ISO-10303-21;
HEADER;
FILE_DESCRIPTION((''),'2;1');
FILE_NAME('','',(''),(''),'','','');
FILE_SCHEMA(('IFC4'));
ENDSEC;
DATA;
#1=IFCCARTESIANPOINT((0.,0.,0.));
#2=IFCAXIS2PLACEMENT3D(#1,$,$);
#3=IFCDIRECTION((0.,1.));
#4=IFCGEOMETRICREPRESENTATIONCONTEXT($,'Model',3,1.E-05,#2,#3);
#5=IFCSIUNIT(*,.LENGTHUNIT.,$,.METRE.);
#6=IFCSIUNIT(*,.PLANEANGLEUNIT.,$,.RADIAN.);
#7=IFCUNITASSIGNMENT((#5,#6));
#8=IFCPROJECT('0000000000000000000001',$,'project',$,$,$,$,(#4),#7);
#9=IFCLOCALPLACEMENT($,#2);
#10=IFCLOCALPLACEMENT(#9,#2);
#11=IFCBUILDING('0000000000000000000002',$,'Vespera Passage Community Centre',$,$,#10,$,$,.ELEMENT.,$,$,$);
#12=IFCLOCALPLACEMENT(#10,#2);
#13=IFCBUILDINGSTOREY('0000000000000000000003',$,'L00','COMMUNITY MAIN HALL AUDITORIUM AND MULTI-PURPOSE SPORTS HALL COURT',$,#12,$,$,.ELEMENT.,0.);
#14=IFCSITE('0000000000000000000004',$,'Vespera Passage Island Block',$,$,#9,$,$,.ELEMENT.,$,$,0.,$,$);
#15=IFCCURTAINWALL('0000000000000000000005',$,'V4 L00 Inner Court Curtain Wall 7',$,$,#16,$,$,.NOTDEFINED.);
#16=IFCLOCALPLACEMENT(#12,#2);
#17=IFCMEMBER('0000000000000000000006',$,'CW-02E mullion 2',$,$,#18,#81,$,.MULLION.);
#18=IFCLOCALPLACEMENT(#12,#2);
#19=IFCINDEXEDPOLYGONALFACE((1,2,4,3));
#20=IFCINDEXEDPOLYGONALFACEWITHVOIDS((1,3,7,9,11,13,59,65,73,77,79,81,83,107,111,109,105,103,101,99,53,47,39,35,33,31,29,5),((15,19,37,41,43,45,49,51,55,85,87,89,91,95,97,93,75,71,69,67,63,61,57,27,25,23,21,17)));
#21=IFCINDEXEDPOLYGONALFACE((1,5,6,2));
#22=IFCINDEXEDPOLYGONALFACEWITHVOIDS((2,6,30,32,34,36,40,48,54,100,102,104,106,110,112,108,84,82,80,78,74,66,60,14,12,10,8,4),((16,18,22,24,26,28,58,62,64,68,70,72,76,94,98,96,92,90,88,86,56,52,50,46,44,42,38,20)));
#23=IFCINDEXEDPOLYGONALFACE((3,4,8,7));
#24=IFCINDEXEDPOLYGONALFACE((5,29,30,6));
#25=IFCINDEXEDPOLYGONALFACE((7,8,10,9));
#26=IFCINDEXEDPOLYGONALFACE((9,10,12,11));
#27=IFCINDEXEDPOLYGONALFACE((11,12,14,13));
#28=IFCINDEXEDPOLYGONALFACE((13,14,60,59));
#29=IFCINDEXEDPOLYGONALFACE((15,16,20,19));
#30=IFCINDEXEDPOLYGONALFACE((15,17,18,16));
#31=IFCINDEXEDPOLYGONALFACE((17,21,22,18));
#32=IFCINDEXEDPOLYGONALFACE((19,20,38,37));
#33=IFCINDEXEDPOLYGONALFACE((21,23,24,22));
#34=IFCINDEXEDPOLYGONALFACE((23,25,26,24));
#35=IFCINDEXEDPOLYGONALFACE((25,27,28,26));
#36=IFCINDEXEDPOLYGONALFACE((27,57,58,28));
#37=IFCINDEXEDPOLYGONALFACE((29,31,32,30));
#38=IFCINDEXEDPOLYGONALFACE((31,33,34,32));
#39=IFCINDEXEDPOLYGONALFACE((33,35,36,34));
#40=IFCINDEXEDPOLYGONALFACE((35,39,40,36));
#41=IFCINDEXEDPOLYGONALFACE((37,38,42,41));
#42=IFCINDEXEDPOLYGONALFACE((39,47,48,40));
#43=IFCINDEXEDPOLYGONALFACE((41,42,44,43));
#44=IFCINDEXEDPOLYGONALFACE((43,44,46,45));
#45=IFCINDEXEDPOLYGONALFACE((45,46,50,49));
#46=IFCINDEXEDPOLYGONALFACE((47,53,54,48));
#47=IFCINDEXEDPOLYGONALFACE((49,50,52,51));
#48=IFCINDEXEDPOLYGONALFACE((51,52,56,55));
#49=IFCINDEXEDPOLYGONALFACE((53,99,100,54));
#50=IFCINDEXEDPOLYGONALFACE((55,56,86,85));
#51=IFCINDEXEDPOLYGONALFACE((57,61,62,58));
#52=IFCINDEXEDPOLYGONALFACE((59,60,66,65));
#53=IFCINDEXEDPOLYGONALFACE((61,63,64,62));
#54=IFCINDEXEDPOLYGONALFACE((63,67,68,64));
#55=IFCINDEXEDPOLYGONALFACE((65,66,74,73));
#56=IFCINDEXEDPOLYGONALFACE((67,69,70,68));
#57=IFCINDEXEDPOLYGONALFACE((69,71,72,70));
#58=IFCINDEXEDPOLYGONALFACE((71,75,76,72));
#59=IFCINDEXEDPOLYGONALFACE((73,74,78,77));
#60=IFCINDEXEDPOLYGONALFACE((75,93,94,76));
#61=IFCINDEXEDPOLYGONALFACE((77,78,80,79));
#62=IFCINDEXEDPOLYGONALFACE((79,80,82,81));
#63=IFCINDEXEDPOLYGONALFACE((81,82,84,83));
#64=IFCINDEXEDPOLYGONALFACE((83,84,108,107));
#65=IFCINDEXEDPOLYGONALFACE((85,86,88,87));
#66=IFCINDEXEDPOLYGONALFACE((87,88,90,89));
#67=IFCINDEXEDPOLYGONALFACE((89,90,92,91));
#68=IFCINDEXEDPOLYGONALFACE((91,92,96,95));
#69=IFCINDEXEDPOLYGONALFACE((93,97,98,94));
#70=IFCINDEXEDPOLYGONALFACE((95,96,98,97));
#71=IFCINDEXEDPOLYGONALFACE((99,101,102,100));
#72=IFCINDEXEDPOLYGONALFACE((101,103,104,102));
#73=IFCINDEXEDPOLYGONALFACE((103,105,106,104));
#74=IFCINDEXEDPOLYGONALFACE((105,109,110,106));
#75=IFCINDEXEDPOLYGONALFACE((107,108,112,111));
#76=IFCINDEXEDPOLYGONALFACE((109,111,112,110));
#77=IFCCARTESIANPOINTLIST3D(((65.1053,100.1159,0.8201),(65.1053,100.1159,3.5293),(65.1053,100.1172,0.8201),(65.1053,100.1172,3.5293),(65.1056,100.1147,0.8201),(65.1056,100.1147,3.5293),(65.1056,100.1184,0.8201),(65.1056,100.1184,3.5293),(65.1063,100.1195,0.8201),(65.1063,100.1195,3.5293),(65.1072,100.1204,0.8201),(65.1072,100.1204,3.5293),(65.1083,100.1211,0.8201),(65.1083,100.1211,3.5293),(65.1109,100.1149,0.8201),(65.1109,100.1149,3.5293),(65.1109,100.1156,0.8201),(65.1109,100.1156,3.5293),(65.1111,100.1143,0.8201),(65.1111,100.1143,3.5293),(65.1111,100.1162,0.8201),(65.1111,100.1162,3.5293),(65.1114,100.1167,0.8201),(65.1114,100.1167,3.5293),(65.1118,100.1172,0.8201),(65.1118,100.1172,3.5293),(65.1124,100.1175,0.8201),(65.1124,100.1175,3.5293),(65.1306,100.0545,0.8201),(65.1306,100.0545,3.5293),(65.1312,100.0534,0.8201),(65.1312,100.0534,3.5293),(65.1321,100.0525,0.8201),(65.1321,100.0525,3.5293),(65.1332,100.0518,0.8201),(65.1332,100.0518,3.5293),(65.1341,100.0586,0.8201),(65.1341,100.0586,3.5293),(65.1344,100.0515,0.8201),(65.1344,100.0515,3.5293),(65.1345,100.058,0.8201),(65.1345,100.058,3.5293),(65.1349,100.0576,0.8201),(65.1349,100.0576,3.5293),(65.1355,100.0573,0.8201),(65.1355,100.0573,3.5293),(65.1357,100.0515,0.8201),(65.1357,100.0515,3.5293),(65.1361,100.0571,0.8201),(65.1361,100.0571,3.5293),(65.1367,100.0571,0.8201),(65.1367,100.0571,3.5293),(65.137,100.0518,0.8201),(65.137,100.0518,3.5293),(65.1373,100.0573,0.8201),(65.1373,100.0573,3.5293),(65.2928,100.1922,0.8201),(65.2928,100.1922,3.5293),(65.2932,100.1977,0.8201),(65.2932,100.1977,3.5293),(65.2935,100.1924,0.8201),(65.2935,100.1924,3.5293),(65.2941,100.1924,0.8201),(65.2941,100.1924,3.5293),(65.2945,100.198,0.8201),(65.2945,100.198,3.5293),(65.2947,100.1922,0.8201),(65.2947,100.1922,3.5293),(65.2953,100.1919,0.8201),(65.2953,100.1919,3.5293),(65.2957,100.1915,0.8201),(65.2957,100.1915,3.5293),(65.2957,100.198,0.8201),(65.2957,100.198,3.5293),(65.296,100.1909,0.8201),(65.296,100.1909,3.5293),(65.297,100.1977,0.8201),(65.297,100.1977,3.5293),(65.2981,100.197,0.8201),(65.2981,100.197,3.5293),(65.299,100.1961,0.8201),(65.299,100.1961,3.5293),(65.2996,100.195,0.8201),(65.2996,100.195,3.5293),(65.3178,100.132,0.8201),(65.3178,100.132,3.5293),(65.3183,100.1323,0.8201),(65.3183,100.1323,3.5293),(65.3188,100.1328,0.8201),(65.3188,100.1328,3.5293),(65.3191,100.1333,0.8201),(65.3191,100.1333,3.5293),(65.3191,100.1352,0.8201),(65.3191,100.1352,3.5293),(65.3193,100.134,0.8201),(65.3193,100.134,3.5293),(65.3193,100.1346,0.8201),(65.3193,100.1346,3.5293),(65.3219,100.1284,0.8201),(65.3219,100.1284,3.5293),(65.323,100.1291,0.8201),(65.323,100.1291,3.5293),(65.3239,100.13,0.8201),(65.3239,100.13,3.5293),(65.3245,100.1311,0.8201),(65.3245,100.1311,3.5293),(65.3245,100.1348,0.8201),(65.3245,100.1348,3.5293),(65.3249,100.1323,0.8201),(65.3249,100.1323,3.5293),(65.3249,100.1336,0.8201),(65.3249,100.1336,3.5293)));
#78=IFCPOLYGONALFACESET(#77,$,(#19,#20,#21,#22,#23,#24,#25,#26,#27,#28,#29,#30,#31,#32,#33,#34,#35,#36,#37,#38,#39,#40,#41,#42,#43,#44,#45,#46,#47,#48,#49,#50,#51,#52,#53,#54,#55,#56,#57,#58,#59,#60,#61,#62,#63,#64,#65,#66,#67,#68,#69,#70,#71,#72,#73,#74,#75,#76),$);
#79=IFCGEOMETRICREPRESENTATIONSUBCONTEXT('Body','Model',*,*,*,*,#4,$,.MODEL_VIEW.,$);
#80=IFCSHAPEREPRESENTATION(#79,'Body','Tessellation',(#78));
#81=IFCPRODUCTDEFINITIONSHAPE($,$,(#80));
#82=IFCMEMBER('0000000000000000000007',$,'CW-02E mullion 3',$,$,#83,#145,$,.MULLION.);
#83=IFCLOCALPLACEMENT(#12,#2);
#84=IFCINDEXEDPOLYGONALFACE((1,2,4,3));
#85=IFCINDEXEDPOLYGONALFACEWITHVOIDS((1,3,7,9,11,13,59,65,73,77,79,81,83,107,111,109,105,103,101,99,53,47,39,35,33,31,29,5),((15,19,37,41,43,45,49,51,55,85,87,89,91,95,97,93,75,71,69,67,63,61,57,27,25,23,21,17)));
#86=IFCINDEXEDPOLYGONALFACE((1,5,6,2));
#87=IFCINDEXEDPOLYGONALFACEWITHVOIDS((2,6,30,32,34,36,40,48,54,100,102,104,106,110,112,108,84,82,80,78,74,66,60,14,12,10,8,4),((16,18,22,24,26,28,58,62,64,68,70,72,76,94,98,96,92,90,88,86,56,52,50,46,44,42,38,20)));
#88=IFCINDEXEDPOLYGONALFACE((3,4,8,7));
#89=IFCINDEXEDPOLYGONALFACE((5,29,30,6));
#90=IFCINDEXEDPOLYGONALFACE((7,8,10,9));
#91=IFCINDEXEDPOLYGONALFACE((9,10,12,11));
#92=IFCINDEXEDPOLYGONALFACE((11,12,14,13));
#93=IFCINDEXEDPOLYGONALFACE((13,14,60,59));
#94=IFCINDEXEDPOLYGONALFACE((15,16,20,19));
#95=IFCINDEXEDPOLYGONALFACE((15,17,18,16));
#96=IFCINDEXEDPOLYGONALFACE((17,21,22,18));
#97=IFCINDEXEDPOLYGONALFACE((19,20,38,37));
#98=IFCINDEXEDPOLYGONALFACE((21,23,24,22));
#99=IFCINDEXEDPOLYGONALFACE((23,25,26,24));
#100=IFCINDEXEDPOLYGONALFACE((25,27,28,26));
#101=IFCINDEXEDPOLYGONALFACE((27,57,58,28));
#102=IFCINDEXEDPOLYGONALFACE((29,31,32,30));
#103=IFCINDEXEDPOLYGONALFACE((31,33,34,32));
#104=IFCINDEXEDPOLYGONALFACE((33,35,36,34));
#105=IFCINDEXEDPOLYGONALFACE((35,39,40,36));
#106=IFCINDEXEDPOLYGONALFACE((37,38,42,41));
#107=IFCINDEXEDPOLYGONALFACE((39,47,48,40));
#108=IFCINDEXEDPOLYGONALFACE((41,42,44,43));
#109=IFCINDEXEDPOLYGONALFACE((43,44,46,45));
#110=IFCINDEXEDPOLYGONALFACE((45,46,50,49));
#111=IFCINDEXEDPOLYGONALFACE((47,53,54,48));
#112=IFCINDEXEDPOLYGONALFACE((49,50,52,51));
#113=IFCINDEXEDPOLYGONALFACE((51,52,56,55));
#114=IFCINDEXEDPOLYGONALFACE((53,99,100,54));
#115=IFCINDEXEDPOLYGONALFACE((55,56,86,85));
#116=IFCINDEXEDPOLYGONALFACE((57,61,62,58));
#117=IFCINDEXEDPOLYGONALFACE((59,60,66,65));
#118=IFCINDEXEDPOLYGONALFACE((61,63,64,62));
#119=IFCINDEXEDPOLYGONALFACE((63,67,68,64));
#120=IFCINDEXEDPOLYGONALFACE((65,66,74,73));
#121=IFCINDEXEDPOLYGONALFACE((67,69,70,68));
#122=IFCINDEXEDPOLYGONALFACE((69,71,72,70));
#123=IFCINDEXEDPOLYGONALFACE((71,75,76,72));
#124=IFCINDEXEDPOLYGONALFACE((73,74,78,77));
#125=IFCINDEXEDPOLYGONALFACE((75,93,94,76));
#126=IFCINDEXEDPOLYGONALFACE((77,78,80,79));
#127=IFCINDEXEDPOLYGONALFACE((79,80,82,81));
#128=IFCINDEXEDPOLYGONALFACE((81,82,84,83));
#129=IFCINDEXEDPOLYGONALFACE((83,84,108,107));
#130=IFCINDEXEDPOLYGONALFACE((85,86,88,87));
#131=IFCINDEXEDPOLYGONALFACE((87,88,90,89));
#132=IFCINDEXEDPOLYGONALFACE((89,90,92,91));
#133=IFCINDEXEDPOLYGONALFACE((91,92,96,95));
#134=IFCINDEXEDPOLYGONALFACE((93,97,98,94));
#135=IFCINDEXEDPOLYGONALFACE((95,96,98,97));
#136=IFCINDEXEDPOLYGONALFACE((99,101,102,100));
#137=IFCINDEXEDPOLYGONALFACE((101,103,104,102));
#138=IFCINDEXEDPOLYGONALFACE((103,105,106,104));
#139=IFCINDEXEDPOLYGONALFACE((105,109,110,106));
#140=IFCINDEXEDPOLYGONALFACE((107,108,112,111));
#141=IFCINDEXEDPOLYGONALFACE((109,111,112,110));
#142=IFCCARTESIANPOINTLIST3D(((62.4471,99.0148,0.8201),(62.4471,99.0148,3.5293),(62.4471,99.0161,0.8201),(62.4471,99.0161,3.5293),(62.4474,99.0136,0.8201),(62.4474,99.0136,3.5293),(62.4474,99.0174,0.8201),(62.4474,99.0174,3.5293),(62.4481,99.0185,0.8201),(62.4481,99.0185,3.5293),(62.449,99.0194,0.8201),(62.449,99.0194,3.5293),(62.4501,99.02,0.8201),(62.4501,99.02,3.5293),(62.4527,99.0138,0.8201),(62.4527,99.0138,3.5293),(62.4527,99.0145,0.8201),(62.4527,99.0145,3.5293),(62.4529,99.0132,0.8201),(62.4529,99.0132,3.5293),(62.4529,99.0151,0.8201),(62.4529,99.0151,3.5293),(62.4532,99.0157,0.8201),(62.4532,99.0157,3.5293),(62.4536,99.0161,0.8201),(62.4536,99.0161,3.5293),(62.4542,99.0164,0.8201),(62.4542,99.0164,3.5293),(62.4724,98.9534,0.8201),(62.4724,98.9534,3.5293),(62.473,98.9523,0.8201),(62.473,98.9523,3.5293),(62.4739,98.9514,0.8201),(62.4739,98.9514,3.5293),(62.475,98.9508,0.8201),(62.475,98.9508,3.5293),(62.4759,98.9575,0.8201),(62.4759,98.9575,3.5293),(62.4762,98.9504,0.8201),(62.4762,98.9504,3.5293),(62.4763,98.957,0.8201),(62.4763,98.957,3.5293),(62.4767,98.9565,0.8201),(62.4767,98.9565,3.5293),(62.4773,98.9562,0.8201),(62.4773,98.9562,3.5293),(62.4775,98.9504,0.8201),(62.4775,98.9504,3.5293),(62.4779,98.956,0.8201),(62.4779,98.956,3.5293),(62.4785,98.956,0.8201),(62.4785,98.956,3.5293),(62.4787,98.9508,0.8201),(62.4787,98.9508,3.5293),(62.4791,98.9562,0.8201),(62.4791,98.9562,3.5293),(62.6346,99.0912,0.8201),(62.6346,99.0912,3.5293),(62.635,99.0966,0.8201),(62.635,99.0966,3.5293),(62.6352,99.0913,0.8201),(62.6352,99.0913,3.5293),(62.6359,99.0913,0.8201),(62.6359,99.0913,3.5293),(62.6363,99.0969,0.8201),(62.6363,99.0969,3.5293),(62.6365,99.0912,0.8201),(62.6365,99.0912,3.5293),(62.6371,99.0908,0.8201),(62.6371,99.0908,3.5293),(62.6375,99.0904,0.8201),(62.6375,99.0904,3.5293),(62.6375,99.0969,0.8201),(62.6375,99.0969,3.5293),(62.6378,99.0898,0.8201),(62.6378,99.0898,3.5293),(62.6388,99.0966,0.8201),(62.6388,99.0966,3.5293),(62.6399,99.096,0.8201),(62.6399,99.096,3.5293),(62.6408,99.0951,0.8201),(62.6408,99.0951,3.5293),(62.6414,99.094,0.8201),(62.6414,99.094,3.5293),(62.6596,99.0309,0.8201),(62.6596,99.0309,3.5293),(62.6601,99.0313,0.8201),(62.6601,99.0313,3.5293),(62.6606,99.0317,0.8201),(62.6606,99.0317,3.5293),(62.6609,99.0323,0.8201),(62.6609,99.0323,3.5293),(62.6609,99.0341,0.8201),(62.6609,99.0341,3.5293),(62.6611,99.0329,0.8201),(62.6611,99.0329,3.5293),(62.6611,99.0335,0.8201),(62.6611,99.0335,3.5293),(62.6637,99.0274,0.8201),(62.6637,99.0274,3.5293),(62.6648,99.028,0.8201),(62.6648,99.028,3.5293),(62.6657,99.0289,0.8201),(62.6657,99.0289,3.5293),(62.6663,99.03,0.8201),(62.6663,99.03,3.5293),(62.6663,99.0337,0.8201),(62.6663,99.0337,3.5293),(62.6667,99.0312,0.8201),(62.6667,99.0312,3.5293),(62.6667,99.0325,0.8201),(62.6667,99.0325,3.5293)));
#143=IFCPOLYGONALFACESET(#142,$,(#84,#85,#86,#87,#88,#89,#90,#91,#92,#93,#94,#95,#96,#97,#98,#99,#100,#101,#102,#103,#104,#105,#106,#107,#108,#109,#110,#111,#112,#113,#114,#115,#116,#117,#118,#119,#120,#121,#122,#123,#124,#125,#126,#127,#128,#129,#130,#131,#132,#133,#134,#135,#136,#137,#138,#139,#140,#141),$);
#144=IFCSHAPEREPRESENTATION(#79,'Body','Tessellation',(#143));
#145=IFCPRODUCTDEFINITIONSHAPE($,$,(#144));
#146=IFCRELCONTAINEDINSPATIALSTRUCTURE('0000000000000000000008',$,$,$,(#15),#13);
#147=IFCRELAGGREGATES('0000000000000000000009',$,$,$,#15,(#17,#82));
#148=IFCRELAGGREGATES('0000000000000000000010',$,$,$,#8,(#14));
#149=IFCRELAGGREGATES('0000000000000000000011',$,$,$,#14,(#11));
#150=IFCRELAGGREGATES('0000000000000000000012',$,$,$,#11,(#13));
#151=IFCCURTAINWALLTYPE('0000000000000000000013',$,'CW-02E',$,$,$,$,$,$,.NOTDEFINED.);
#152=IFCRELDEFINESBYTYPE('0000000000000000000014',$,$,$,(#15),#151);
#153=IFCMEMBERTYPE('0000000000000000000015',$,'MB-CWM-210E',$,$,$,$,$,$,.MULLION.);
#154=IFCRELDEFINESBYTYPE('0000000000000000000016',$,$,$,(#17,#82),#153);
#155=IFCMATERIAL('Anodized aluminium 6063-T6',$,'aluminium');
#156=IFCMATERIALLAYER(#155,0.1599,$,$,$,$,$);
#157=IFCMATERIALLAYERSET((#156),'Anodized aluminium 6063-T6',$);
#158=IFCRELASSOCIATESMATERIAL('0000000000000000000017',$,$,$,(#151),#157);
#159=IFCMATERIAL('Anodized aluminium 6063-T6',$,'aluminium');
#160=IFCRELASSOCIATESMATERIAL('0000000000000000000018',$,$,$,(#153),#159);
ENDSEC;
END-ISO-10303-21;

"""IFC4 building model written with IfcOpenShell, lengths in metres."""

from ifc_helpers import new_model, si_unit, direction, frame, origin, origin_2d, place, context, subcontext, project, spatial, hollow_rectangle, extrude, material, layer, layer_set, material_profile, profile_set, type_object, element, aggregate, save


model = new_model("IFC4")

# Units and contexts
model_context = context("Model", 3, precision=1e-05, world=origin(), true_north=direction((0.0, 1.0)))
body_context = subcontext(model_context, "Body", "Model", "MODEL_VIEW")
ifc_project = project(units=[si_unit("LENGTHUNIT", "METRE"), si_unit("PLANEANGLEUNIT", "RADIAN")], contexts=[model_context])

# Site, building, storey
site_placement = place(None, origin())
site = spatial("IfcSite", under=ifc_project, at=site_placement, Name="Vespera Passage Island Block", CompositionType="ELEMENT", RefElevation=0.0)
building_placement = place(site_placement, origin())
building = spatial("IfcBuilding", under=site, at=building_placement, Name="Vespera Passage Community Centre", CompositionType="ELEMENT")
storey_placement = place(building_placement, origin())
storey = spatial("IfcBuildingStorey", under=building, at=storey_placement, Name="L00", Description="COMMUNITY MAIN HALL AUDITORIUM AND MULTI-PURPOSE SPORTS HALL COURT", CompositionType="ELEMENT", Elevation=0.0)

# Curtain wall, members
ifc_material_1 = material(Name="Anodized aluminium 6063-T6", Category="aluminium")
ifc_layer_1 = layer(ifc_material_1, 0.1599)
ifc_layer_set_1 = layer_set([ifc_layer_1], Name="Anodized aluminium 6063-T6")
curtain_wall_type_1 = type_object("IfcCurtainWallType", Name="CW-02E", PredefinedType="NOTDEFINED", material=ifc_layer_set_1)
curtain_wall_1_placement = place(storey_placement, origin())
curtain_wall_1 = element("IfcCurtainWall", 1, at=curtain_wall_1_placement, inside=storey, type_object=curtain_wall_type_1, Name="V4 L00 Inner Court Curtain Wall 7", PredefinedType="NOTDEFINED")
ifc_material_2 = material(Name="Anodized aluminium 6063-T6", Category="aluminium")
ifc_material_profile_1 = material_profile(ifc_material_2, hollow_rectangle(XDim=0.075, YDim=0.21, WallThickness=0.0049, InnerFilletRadius=0.0024, OuterFilletRadius=0.0049, at=origin_2d()), Name="ALU210X75X5")
ifc_profile_set_1 = profile_set([ifc_material_profile_1], Name="Anodized aluminium 6063-T6")
member_type_1 = type_object("IfcMemberType", Name="MB-CWM-210E", PredefinedType="MULLION", material=ifc_profile_set_1)
member_1_placement = place(storey_placement, frame((65.2151, 100.1248, 0.8201), z_axis=(0.0, 0.0, 1.0), x_axis=(0.38269, -0.923877, 0.0)))
member_1 = element("IfcMember", 2, at=member_1_placement, type_object=member_type_1, Name="CW-02E mullion 2", PredefinedType="MULLION", context=body_context, shape_type="SweptSolid", body=[
    extrude(hollow_rectangle(XDim=0.075, YDim=0.21, WallThickness=0.0049, InnerFilletRadius=0.0024, OuterFilletRadius=0.0049, at=origin_2d()), origin(), (0.0, 0.0, 1.0), 2.7092),
])
member_2_placement = place(storey_placement, frame((62.5569, 99.0237, 0.8201), z_axis=(0.0, 0.0, 1.0), x_axis=(0.38269, -0.923877, 0.0)))
member_2 = element("IfcMember", 3, at=member_2_placement, type_object=member_type_1, Name="CW-02E mullion 3", PredefinedType="MULLION", context=body_context, shape_type="SweptSolid", body=[
    extrude(hollow_rectangle(XDim=0.075, YDim=0.21, WallThickness=0.0049, InnerFilletRadius=0.0024, OuterFilletRadius=0.0049, at=origin_2d()), origin(), (0.0, 0.0, 1.0), 2.7092),
])

aggregate(curtain_wall_1, [member_1, member_2])

save(model, "model.ifc")
